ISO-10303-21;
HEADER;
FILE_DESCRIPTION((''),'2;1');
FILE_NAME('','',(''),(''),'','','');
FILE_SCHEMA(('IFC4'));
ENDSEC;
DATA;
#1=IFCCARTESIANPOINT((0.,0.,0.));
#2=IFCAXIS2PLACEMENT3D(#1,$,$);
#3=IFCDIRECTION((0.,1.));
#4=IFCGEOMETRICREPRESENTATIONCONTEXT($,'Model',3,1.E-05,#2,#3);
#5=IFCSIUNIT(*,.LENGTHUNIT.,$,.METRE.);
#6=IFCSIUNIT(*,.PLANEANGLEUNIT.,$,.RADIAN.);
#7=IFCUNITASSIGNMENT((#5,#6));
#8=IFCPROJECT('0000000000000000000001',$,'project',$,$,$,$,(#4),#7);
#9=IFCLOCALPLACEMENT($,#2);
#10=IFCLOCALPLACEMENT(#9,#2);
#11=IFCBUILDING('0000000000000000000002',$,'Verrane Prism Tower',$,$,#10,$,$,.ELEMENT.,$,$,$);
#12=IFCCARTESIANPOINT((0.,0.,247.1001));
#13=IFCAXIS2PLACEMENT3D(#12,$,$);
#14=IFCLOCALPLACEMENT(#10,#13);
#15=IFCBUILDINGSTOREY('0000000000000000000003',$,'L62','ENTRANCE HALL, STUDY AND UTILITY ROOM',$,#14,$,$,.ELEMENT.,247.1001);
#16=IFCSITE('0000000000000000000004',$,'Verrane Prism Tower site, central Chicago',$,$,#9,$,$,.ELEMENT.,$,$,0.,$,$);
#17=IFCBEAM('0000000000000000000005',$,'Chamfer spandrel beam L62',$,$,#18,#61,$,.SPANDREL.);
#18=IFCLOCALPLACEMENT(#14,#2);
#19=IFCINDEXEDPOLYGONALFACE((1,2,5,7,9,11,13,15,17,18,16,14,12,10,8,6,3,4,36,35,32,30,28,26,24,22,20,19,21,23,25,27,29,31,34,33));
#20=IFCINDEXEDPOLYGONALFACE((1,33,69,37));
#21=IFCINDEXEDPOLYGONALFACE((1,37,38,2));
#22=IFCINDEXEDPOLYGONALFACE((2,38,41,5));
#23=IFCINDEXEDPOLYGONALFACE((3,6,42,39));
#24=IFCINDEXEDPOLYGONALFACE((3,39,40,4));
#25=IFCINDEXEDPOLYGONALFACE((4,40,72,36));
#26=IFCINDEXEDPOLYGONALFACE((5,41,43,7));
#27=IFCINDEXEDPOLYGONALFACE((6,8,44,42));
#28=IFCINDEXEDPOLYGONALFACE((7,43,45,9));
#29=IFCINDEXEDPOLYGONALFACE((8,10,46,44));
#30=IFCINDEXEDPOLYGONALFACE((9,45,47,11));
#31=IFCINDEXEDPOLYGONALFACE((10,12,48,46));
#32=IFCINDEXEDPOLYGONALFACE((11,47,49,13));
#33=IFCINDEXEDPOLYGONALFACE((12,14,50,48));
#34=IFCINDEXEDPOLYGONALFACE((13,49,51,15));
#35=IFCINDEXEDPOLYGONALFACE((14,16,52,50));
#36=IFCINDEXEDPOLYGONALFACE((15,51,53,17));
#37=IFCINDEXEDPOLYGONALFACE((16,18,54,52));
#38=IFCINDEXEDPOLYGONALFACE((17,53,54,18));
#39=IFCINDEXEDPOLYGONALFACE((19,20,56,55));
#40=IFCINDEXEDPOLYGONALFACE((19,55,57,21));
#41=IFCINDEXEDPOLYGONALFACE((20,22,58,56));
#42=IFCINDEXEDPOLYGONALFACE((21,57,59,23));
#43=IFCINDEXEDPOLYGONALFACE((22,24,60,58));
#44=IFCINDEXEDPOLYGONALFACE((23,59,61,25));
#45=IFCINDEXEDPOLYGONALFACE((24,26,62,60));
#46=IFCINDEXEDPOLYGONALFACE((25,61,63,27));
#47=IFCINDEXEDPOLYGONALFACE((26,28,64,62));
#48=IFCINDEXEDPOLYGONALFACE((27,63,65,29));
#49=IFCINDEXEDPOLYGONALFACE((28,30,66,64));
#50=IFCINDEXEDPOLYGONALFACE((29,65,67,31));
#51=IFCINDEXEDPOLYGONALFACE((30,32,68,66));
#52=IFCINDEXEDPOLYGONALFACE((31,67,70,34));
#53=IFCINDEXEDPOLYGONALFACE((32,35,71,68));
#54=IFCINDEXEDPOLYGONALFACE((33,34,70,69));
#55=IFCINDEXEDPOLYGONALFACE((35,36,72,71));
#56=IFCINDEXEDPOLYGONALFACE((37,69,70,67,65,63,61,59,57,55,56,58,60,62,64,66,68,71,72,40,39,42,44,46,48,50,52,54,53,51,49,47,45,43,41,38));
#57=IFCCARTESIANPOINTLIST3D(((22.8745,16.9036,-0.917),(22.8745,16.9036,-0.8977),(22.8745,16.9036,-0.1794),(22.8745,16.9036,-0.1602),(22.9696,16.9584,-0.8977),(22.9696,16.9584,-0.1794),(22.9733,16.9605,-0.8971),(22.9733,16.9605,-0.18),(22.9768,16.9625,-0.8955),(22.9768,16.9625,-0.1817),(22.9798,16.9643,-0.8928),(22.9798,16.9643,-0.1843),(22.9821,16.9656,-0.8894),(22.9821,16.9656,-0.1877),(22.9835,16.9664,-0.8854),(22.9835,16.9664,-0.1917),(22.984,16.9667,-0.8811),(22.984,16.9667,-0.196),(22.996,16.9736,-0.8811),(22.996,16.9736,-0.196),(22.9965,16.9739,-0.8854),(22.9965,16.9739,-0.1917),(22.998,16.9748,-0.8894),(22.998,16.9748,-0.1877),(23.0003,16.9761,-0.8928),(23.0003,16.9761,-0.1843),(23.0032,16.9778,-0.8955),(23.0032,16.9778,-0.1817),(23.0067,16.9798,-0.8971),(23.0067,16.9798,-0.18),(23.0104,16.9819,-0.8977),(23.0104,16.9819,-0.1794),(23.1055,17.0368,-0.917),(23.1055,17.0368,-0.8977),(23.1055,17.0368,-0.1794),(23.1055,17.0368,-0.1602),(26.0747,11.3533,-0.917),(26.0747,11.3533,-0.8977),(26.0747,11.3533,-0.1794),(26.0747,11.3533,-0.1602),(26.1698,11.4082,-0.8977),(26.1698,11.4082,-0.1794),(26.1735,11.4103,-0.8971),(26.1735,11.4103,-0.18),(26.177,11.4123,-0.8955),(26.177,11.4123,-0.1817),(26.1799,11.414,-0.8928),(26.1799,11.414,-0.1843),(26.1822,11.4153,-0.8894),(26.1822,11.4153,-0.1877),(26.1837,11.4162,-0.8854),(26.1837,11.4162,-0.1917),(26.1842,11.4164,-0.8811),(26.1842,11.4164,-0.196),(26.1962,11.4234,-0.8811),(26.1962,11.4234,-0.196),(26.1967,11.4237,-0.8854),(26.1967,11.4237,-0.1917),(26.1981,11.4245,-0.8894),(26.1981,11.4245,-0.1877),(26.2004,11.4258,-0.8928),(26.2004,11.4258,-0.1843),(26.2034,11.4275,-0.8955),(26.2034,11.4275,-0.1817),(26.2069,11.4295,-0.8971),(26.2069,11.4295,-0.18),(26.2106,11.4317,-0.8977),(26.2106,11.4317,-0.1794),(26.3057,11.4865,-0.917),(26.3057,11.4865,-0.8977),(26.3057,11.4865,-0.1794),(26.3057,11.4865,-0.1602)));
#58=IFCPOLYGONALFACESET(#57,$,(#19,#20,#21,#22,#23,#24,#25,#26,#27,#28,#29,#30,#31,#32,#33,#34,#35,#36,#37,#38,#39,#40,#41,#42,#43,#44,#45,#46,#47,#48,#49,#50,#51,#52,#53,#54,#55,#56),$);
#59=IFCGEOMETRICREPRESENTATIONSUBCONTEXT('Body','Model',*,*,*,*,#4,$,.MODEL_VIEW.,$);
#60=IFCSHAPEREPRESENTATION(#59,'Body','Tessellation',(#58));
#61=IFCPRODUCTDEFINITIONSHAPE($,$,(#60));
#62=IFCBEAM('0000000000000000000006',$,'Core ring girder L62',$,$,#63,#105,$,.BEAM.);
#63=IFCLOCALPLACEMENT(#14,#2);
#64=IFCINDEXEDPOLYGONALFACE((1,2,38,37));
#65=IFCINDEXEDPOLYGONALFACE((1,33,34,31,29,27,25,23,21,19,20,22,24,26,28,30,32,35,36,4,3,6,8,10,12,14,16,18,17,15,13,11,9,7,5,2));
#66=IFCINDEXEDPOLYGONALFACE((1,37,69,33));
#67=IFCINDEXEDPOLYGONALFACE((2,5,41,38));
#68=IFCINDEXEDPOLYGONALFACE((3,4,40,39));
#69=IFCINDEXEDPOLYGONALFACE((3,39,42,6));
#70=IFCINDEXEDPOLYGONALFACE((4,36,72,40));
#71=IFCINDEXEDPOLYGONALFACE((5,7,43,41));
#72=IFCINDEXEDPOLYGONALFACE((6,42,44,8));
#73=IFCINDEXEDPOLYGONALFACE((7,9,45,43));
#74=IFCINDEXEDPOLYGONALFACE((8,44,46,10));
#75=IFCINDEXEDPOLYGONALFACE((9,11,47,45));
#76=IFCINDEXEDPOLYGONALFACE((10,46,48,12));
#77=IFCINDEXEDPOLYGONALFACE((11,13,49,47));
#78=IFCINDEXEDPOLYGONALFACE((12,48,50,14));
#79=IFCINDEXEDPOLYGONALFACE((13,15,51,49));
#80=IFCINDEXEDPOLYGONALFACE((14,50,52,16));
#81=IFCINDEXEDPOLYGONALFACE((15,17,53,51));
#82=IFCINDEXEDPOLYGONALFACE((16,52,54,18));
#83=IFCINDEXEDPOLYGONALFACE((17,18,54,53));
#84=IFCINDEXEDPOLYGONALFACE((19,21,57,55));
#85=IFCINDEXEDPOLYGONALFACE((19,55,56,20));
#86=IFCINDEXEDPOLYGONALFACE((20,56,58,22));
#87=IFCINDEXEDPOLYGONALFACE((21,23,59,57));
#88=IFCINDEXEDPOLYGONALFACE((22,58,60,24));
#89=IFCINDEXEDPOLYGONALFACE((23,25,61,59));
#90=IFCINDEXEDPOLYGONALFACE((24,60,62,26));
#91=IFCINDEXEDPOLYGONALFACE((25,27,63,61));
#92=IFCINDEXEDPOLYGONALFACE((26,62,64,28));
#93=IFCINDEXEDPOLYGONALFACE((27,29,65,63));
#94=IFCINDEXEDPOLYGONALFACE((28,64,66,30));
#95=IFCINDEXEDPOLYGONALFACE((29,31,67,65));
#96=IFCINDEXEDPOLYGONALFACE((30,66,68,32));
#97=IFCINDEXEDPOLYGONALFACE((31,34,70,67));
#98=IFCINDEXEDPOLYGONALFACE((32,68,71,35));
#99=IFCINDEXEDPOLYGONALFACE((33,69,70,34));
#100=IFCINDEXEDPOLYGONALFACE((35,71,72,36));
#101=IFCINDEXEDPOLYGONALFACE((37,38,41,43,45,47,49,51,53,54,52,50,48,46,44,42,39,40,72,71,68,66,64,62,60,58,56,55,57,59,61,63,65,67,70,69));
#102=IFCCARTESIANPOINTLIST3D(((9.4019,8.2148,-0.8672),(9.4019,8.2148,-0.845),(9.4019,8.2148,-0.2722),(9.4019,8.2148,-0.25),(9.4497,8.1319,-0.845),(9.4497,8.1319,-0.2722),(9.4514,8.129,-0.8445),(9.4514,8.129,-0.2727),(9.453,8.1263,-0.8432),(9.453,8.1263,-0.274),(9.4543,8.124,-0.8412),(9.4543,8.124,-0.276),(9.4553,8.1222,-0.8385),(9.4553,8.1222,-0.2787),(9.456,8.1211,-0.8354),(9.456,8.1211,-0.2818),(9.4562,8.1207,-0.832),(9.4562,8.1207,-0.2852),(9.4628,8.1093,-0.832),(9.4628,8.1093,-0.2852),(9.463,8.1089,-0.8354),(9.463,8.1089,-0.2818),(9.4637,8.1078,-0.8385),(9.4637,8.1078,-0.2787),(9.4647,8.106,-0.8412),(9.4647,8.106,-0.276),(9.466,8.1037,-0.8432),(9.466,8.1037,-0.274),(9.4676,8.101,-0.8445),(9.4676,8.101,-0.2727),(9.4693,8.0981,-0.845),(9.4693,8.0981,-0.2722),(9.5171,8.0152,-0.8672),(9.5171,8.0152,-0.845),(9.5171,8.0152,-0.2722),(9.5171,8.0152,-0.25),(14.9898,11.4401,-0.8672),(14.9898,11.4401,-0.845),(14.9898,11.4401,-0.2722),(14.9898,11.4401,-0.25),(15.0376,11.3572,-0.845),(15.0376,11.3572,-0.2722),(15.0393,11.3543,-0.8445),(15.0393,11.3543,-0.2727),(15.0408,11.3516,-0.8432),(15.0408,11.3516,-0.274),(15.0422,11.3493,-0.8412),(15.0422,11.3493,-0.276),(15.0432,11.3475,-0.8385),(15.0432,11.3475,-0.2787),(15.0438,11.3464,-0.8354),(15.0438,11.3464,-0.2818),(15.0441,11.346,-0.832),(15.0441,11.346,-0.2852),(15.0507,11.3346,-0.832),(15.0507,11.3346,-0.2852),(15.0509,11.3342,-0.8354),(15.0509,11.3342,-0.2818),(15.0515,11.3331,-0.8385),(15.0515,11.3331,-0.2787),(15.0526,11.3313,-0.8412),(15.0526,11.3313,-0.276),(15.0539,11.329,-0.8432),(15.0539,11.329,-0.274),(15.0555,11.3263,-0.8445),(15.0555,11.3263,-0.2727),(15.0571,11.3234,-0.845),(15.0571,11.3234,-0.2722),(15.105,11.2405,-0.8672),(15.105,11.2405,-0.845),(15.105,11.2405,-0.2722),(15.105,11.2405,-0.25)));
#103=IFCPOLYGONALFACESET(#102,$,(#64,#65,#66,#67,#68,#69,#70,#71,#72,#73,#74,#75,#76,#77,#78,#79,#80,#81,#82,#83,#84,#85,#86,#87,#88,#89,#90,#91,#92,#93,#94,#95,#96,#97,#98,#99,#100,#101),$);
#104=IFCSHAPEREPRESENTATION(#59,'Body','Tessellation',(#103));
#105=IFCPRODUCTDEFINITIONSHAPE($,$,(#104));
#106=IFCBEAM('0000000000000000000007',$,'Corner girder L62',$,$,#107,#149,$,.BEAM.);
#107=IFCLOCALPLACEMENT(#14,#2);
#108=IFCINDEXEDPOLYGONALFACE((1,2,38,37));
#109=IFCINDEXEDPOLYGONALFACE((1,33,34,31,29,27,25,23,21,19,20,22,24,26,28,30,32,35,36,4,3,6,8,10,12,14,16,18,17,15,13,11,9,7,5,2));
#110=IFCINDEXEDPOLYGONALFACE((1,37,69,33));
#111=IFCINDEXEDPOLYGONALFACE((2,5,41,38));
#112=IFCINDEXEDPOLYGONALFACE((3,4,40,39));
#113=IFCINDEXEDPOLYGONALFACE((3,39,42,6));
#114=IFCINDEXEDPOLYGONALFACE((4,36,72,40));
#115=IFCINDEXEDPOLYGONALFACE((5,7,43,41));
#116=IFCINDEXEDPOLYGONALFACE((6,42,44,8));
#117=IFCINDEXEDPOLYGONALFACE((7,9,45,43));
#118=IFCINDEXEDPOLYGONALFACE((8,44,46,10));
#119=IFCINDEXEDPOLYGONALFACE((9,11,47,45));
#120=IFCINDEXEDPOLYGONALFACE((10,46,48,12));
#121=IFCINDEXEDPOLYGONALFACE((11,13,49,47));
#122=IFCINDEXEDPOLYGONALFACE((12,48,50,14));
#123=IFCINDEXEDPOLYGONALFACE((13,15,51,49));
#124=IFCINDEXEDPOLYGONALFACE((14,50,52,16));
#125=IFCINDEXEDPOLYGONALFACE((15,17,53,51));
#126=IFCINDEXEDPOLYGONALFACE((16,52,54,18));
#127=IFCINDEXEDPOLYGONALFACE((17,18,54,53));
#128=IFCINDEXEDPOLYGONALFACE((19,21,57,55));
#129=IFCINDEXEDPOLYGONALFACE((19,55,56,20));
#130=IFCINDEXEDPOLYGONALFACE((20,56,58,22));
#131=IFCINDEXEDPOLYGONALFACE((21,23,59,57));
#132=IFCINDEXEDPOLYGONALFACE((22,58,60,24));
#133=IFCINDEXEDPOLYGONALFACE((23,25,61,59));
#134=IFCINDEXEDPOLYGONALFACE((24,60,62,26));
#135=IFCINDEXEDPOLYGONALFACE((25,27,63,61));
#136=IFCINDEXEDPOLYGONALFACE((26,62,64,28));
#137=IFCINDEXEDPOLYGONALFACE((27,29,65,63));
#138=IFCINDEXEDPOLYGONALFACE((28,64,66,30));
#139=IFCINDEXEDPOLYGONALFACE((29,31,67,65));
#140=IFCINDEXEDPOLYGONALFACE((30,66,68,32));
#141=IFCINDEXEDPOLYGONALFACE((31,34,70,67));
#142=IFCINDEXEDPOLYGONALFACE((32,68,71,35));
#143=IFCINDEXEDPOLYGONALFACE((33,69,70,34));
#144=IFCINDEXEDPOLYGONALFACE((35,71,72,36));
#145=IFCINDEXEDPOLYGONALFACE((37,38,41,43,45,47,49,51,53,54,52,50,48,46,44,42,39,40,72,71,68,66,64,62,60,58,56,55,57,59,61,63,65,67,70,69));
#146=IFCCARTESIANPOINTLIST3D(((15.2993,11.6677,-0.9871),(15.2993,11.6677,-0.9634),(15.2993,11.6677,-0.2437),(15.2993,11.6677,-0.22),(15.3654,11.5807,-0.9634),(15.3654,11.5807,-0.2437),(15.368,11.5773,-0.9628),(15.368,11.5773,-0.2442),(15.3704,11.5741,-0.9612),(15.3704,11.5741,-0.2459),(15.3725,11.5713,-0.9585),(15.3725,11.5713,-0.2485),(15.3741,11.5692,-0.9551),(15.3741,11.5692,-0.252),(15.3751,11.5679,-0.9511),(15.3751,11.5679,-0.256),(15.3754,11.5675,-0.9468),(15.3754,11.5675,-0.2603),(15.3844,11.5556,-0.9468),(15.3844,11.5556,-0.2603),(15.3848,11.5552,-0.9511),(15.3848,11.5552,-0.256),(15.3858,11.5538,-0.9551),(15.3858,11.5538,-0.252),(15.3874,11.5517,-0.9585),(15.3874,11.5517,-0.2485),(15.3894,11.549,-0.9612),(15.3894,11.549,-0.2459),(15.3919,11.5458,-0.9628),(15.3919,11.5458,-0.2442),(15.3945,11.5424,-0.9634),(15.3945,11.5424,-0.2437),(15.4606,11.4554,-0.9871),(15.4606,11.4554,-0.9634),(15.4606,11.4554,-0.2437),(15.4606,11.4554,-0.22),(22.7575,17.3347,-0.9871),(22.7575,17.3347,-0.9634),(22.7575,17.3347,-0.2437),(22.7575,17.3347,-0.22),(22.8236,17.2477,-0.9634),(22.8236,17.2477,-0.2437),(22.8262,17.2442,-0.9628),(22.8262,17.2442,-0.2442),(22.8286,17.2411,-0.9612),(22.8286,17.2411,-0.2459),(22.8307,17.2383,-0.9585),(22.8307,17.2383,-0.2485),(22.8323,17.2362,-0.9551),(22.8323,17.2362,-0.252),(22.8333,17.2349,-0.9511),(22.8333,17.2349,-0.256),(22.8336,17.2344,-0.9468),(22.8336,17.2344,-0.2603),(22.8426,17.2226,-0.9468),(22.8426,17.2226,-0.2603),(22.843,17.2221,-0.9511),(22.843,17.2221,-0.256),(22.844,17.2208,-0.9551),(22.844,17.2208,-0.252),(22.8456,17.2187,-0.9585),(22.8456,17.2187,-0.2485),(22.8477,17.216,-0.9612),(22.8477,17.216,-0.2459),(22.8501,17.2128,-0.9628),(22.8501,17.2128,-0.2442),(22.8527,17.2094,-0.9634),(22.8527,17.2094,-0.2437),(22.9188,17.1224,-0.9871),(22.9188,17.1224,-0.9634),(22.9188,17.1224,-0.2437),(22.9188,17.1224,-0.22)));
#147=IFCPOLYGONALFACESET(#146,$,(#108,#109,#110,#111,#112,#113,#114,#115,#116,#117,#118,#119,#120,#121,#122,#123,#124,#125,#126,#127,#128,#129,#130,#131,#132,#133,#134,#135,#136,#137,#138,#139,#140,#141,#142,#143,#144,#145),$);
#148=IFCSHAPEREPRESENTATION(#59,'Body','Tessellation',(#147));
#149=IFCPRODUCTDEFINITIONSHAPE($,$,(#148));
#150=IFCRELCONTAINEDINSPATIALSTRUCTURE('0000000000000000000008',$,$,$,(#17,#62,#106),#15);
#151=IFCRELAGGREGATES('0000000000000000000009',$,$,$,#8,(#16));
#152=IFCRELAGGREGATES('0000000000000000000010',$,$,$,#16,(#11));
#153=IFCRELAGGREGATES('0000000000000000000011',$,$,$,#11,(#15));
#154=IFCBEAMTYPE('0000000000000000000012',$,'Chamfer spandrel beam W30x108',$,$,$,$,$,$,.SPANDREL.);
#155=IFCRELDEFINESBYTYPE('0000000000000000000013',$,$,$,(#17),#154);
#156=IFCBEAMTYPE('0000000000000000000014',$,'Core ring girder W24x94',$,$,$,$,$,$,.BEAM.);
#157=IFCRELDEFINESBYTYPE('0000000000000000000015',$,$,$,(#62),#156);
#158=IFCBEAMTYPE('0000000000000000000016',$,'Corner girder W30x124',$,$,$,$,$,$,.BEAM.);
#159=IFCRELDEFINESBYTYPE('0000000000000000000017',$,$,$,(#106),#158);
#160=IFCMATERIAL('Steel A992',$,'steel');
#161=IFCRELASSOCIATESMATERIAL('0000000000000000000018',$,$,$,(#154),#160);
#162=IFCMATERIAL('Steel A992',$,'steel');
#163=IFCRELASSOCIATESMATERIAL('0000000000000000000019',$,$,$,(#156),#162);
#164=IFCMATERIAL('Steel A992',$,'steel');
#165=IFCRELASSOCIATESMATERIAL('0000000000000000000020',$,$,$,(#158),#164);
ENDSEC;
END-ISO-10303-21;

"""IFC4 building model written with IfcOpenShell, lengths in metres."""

from ifc_helpers import new_model, si_unit, direction, frame, origin, origin_2d, place, context, subcontext, project, spatial, i_section, extrude, material, material_profile, profile_set, type_object, element, save


model = new_model("IFC4")

# Units and contexts
model_context = context("Model", 3, precision=1e-05, world=origin(), true_north=direction((0.0, 1.0)))
body_context = subcontext(model_context, "Body", "Model", "MODEL_VIEW")
ifc_project = project(units=[si_unit("LENGTHUNIT", "METRE"), si_unit("PLANEANGLEUNIT", "RADIAN")], contexts=[model_context])

# Site, building, storey
site_placement = place(None, origin())
site = spatial("IfcSite", under=ifc_project, at=site_placement, Name="Verrane Prism Tower site, central Chicago", CompositionType="ELEMENT", RefElevation=0.0)
building_placement = place(site_placement, origin())
building = spatial("IfcBuilding", under=site, at=building_placement, Name="Verrane Prism Tower", CompositionType="ELEMENT")
storey_placement = place(building_placement, frame((0.0, 0.0, 247.1001)))
storey = spatial("IfcBuildingStorey", under=building, at=storey_placement, Name="L62", Description="ENTRANCE HALL, STUDY AND UTILITY ROOM", CompositionType="ELEMENT", Elevation=247.1001)

# Beams
ifc_material_1 = material(Name="Steel A992", Category="steel")
ifc_material_profile_1 = material_profile(ifc_material_1, i_section(OverallWidth=0.2666, OverallDepth=0.7568, WebThickness=0.0139, FlangeThickness=0.0193, FilletRadius=0.0166, at=origin_2d()), Name="W30x108")
ifc_profile_set_1 = profile_set([ifc_material_profile_1], Name="Steel A992")
beam_type_1 = type_object("IfcBeamType", Name="Chamfer spandrel beam W30x108", PredefinedType="SPANDREL", material=ifc_profile_set_1)
beam_1_placement = place(storey_placement, frame((26.1902, 11.4199, -0.5386), z_axis=(-0.4995, 0.866314, 0.0), x_axis=(-0.866314, -0.4995, 0.0)))
element("IfcBeam", 1, at=beam_1_placement, inside=storey, type_object=beam_type_1, Name="Chamfer spandrel beam L62", PredefinedType="SPANDREL", context=body_context, shape_type="SweptSolid", body=[
    extrude(i_section(OverallWidth=0.2666, OverallDepth=0.7568, WebThickness=0.0139, FlangeThickness=0.0193, FilletRadius=0.0166, at=origin_2d()), origin(), (0.0, 0.0, 1.0), 6.4067),
])
ifc_material_2 = material(Name="Steel A992", Category="steel")
ifc_material_profile_2 = material_profile(ifc_material_2, i_section(OverallWidth=0.2305, OverallDepth=0.6172, WebThickness=0.0132, FlangeThickness=0.0222, FilletRadius=0.0129, at=origin_2d()), Name="W24x94")
ifc_profile_set_2 = profile_set([ifc_material_profile_2], Name="Steel A992")
beam_type_2 = type_object("IfcBeamType", Name="Core ring girder W24x94", PredefinedType="BEAM", material=ifc_profile_set_2)
beam_2_placement = place(storey_placement, frame((15.0474, 11.3403, -0.5586), z_axis=(-0.866081, -0.499904, 0.0), x_axis=(0.499904, -0.866081, 0.0)))
element("IfcBeam", 2, at=beam_2_placement, inside=storey, type_object=beam_type_2, Name="Core ring girder L62", PredefinedType="BEAM", context=body_context, shape_type="SweptSolid", body=[
    extrude(i_section(OverallWidth=0.2305, OverallDepth=0.6172, WebThickness=0.0132, FlangeThickness=0.0222, FilletRadius=0.0129, at=origin_2d()), origin(), (0.0, 0.0, 1.0), 6.4519),
])
ifc_material_3 = material(Name="Steel A992", Category="steel")
ifc_material_profile_3 = material_profile(ifc_material_3, i_section(OverallWidth=0.2666, OverallDepth=0.7671, WebThickness=0.0149, FlangeThickness=0.0237, FilletRadius=0.0166, at=origin_2d()), Name="W30x124")
ifc_profile_set_3 = profile_set([ifc_material_profile_3], Name="Steel A992")
beam_type_3 = type_object("IfcBeamType", Name="Corner girder W30x124", PredefinedType="BEAM", material=ifc_profile_set_3)
beam_3_placement = place(storey_placement, frame((22.8381, 17.2285, -0.6035), z_axis=(-0.796228, -0.604997, 0.0), x_axis=(0.604997, -0.796228, 0.0)))
element("IfcBeam", 3, at=beam_3_placement, inside=storey, type_object=beam_type_3, Name="Corner girder L62", PredefinedType="BEAM", context=body_context, shape_type="SweptSolid", body=[
    extrude(i_section(OverallWidth=0.2666, OverallDepth=0.7671, WebThickness=0.0149, FlangeThickness=0.0237, FilletRadius=0.0166, at=origin_2d()), origin(), (0.0, 0.0, 1.0), 9.3669),
])

save(model, "model.ifc")
